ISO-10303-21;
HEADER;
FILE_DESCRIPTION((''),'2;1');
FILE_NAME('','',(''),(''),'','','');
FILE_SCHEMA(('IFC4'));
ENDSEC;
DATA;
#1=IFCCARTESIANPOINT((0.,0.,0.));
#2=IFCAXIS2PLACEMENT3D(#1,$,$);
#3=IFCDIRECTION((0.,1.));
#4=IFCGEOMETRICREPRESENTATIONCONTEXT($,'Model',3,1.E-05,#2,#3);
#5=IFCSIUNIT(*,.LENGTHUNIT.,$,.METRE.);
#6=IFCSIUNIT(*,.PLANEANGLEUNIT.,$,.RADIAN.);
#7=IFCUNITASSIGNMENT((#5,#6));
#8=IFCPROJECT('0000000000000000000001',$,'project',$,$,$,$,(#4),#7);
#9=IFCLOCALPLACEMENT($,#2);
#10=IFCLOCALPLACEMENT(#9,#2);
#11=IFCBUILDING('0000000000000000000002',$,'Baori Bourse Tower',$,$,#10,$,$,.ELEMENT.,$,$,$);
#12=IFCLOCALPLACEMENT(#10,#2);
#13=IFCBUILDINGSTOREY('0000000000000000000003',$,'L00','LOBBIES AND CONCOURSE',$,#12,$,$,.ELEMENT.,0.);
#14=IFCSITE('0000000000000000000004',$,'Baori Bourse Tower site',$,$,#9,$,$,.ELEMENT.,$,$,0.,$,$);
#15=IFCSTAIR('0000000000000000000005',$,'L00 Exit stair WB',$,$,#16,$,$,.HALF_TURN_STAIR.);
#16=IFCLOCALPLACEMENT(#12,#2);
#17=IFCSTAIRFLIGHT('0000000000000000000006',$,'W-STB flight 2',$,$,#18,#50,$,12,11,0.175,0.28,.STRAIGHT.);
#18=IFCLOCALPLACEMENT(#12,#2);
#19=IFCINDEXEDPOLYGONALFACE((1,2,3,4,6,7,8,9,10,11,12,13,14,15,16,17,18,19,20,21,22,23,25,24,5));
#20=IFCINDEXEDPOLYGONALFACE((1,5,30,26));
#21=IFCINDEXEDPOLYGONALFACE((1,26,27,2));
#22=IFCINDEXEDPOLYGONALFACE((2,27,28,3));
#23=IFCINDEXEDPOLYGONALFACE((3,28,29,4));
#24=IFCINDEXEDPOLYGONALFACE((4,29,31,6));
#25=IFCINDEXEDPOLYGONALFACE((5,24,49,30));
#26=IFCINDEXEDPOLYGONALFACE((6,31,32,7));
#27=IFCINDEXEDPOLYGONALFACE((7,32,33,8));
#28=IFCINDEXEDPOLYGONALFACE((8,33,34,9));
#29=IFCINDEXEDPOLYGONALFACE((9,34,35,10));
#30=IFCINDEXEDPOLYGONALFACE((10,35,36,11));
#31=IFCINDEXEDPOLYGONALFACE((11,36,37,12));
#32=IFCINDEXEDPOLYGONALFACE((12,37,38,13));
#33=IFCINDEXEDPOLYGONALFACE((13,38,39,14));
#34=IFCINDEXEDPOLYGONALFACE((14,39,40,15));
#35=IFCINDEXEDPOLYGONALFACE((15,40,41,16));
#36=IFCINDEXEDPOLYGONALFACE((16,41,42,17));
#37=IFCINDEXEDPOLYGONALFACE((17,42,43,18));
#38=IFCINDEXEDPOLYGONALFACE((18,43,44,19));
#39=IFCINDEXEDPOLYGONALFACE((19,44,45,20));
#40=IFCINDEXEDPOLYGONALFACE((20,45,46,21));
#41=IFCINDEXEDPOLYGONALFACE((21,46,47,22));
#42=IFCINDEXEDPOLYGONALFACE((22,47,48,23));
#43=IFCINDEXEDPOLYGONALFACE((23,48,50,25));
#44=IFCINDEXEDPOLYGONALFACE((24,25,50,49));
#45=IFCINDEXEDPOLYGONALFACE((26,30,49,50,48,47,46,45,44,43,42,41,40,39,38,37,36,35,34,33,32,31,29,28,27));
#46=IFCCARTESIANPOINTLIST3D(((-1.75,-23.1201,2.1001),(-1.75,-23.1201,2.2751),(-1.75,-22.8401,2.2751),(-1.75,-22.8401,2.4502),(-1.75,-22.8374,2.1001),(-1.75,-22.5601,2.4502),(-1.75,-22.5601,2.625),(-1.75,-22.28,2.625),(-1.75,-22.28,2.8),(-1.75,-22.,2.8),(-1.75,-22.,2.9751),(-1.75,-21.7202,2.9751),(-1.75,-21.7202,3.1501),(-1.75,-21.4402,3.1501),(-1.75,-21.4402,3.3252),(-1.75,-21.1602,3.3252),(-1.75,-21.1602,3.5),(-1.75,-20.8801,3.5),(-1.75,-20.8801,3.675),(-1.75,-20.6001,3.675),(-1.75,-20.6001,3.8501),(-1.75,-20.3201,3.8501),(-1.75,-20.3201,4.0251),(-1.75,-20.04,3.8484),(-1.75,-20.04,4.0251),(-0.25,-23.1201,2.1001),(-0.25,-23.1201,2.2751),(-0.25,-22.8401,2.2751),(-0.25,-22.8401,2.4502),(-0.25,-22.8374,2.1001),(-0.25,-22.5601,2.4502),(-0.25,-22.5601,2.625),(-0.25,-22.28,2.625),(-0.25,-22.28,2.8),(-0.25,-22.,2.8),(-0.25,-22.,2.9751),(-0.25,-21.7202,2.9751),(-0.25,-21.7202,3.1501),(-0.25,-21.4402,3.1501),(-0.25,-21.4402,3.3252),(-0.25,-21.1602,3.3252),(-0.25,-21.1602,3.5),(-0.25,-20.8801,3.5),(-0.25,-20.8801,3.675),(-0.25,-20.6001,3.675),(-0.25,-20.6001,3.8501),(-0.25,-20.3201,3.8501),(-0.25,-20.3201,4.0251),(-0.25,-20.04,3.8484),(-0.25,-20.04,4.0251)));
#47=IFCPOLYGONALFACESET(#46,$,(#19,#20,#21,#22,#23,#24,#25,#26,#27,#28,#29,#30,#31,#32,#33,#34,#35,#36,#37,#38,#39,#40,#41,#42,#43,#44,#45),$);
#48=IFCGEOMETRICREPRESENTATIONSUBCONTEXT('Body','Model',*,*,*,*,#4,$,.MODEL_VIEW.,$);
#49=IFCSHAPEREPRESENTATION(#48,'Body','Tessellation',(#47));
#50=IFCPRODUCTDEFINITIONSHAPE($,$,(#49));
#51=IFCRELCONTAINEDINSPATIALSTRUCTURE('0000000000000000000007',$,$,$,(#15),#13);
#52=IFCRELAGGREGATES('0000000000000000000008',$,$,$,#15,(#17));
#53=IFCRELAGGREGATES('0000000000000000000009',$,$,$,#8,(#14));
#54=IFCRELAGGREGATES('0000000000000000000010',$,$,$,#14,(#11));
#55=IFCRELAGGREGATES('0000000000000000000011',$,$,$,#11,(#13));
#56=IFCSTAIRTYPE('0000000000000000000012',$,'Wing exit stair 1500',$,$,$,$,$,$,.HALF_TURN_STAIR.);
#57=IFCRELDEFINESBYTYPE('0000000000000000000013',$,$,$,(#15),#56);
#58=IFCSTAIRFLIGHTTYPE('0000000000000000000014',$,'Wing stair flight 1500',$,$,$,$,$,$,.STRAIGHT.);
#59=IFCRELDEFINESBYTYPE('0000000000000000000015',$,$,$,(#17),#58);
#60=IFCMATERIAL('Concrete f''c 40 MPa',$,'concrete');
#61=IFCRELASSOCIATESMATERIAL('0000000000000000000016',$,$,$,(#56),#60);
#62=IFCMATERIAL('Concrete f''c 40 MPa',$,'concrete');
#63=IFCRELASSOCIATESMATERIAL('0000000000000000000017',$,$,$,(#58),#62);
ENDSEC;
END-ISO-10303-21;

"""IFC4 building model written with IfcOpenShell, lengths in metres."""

from ifc_helpers import new_model, si_unit, direction, frame, origin, place, context, subcontext, project, spatial, polyline, outline, extrude, material, type_object, element, aggregate, save


model = new_model("IFC4")

# Units and contexts
model_context = context("Model", 3, precision=1e-05, world=origin(), true_north=direction((0.0, 1.0)))
body_context = subcontext(model_context, "Body", "Model", "MODEL_VIEW")
ifc_project = project(units=[si_unit("LENGTHUNIT", "METRE"), si_unit("PLANEANGLEUNIT", "RADIAN")], contexts=[model_context])

# Site, building, storey
site_placement = place(None, origin())
site = spatial("IfcSite", under=ifc_project, at=site_placement, Name="Baori Bourse Tower site", CompositionType="ELEMENT", RefElevation=0.0)
building_placement = place(site_placement, origin())
building = spatial("IfcBuilding", under=site, at=building_placement, Name="Baori Bourse Tower", CompositionType="ELEMENT")
storey_placement = place(building_placement, origin())
storey = spatial("IfcBuildingStorey", under=building, at=storey_placement, Name="L00", Description="LOBBIES AND CONCOURSE", CompositionType="ELEMENT", Elevation=0.0)

# Stair, stair flight
ifc_material_1 = material(Name="Concrete f'c 40 MPa", Category="concrete")
stair_type = type_object("IfcStairType", Name="Wing exit stair 1500", PredefinedType="HALF_TURN_STAIR", material=ifc_material_1)
stair_placement = place(storey_placement, origin())
stair = element("IfcStair", 1, at=stair_placement, inside=storey, type_object=stair_type, Name="L00 Exit stair WB", PredefinedType="HALF_TURN_STAIR")
ifc_material_2 = material(Name="Concrete f'c 40 MPa", Category="concrete")
stair_flight_type = type_object("IfcStairFlightType", Name="Wing stair flight 1500", PredefinedType="STRAIGHT", material=ifc_material_2)
stair_flight_placement = place(storey_placement, frame((-1.0, -23.1201, 2.1001), z_axis=(0.0, 0.0, 1.0), x_axis=(0.0, 1.0, 0.0)))
stair_flight = element("IfcStairFlight", 2, at=stair_flight_placement, type_object=stair_flight_type, Name="W-STB flight 2", NumberOfRisers=12, NumberOfTreads=11, PredefinedType="STRAIGHT", RiserHeight=0.175, TreadLength=0.28, context=body_context, shape_type="SweptSolid", body=[
    extrude(outline(polyline([(0.0, 0.0), (0.0, 0.175), (0.28, 0.175), (0.28, 0.3501), (0.5601, 0.3501), (0.5601, 0.5249), (0.8401, 0.5249), (0.8401, 0.7), (1.1201, 0.7), (1.1201, 0.875), (1.3999, 0.875), (1.3999, 1.05), (1.6799, 1.05), (1.6799, 1.2251), (1.96, 1.2251), (1.96, 1.3999), (2.24, 1.3999), (2.24, 1.575), (2.52, 1.575), (2.52, 1.75), (2.8, 1.75), (2.8, 1.925), (3.0801, 1.925), (3.0801, 2.1001), (3.0801, 1.7483), (0.2827, 0.0), (0.0, 0.0)])), frame((0.0, 0.75, 0.0), z_axis=(0.0, -1.0, 0.0), x_axis=(1.0, 0.0, 0.0)), (0.0, 0.0, 1.0), 1.5),
])
aggregate(stair, [stair_flight])

save(model, "model.ifc")
